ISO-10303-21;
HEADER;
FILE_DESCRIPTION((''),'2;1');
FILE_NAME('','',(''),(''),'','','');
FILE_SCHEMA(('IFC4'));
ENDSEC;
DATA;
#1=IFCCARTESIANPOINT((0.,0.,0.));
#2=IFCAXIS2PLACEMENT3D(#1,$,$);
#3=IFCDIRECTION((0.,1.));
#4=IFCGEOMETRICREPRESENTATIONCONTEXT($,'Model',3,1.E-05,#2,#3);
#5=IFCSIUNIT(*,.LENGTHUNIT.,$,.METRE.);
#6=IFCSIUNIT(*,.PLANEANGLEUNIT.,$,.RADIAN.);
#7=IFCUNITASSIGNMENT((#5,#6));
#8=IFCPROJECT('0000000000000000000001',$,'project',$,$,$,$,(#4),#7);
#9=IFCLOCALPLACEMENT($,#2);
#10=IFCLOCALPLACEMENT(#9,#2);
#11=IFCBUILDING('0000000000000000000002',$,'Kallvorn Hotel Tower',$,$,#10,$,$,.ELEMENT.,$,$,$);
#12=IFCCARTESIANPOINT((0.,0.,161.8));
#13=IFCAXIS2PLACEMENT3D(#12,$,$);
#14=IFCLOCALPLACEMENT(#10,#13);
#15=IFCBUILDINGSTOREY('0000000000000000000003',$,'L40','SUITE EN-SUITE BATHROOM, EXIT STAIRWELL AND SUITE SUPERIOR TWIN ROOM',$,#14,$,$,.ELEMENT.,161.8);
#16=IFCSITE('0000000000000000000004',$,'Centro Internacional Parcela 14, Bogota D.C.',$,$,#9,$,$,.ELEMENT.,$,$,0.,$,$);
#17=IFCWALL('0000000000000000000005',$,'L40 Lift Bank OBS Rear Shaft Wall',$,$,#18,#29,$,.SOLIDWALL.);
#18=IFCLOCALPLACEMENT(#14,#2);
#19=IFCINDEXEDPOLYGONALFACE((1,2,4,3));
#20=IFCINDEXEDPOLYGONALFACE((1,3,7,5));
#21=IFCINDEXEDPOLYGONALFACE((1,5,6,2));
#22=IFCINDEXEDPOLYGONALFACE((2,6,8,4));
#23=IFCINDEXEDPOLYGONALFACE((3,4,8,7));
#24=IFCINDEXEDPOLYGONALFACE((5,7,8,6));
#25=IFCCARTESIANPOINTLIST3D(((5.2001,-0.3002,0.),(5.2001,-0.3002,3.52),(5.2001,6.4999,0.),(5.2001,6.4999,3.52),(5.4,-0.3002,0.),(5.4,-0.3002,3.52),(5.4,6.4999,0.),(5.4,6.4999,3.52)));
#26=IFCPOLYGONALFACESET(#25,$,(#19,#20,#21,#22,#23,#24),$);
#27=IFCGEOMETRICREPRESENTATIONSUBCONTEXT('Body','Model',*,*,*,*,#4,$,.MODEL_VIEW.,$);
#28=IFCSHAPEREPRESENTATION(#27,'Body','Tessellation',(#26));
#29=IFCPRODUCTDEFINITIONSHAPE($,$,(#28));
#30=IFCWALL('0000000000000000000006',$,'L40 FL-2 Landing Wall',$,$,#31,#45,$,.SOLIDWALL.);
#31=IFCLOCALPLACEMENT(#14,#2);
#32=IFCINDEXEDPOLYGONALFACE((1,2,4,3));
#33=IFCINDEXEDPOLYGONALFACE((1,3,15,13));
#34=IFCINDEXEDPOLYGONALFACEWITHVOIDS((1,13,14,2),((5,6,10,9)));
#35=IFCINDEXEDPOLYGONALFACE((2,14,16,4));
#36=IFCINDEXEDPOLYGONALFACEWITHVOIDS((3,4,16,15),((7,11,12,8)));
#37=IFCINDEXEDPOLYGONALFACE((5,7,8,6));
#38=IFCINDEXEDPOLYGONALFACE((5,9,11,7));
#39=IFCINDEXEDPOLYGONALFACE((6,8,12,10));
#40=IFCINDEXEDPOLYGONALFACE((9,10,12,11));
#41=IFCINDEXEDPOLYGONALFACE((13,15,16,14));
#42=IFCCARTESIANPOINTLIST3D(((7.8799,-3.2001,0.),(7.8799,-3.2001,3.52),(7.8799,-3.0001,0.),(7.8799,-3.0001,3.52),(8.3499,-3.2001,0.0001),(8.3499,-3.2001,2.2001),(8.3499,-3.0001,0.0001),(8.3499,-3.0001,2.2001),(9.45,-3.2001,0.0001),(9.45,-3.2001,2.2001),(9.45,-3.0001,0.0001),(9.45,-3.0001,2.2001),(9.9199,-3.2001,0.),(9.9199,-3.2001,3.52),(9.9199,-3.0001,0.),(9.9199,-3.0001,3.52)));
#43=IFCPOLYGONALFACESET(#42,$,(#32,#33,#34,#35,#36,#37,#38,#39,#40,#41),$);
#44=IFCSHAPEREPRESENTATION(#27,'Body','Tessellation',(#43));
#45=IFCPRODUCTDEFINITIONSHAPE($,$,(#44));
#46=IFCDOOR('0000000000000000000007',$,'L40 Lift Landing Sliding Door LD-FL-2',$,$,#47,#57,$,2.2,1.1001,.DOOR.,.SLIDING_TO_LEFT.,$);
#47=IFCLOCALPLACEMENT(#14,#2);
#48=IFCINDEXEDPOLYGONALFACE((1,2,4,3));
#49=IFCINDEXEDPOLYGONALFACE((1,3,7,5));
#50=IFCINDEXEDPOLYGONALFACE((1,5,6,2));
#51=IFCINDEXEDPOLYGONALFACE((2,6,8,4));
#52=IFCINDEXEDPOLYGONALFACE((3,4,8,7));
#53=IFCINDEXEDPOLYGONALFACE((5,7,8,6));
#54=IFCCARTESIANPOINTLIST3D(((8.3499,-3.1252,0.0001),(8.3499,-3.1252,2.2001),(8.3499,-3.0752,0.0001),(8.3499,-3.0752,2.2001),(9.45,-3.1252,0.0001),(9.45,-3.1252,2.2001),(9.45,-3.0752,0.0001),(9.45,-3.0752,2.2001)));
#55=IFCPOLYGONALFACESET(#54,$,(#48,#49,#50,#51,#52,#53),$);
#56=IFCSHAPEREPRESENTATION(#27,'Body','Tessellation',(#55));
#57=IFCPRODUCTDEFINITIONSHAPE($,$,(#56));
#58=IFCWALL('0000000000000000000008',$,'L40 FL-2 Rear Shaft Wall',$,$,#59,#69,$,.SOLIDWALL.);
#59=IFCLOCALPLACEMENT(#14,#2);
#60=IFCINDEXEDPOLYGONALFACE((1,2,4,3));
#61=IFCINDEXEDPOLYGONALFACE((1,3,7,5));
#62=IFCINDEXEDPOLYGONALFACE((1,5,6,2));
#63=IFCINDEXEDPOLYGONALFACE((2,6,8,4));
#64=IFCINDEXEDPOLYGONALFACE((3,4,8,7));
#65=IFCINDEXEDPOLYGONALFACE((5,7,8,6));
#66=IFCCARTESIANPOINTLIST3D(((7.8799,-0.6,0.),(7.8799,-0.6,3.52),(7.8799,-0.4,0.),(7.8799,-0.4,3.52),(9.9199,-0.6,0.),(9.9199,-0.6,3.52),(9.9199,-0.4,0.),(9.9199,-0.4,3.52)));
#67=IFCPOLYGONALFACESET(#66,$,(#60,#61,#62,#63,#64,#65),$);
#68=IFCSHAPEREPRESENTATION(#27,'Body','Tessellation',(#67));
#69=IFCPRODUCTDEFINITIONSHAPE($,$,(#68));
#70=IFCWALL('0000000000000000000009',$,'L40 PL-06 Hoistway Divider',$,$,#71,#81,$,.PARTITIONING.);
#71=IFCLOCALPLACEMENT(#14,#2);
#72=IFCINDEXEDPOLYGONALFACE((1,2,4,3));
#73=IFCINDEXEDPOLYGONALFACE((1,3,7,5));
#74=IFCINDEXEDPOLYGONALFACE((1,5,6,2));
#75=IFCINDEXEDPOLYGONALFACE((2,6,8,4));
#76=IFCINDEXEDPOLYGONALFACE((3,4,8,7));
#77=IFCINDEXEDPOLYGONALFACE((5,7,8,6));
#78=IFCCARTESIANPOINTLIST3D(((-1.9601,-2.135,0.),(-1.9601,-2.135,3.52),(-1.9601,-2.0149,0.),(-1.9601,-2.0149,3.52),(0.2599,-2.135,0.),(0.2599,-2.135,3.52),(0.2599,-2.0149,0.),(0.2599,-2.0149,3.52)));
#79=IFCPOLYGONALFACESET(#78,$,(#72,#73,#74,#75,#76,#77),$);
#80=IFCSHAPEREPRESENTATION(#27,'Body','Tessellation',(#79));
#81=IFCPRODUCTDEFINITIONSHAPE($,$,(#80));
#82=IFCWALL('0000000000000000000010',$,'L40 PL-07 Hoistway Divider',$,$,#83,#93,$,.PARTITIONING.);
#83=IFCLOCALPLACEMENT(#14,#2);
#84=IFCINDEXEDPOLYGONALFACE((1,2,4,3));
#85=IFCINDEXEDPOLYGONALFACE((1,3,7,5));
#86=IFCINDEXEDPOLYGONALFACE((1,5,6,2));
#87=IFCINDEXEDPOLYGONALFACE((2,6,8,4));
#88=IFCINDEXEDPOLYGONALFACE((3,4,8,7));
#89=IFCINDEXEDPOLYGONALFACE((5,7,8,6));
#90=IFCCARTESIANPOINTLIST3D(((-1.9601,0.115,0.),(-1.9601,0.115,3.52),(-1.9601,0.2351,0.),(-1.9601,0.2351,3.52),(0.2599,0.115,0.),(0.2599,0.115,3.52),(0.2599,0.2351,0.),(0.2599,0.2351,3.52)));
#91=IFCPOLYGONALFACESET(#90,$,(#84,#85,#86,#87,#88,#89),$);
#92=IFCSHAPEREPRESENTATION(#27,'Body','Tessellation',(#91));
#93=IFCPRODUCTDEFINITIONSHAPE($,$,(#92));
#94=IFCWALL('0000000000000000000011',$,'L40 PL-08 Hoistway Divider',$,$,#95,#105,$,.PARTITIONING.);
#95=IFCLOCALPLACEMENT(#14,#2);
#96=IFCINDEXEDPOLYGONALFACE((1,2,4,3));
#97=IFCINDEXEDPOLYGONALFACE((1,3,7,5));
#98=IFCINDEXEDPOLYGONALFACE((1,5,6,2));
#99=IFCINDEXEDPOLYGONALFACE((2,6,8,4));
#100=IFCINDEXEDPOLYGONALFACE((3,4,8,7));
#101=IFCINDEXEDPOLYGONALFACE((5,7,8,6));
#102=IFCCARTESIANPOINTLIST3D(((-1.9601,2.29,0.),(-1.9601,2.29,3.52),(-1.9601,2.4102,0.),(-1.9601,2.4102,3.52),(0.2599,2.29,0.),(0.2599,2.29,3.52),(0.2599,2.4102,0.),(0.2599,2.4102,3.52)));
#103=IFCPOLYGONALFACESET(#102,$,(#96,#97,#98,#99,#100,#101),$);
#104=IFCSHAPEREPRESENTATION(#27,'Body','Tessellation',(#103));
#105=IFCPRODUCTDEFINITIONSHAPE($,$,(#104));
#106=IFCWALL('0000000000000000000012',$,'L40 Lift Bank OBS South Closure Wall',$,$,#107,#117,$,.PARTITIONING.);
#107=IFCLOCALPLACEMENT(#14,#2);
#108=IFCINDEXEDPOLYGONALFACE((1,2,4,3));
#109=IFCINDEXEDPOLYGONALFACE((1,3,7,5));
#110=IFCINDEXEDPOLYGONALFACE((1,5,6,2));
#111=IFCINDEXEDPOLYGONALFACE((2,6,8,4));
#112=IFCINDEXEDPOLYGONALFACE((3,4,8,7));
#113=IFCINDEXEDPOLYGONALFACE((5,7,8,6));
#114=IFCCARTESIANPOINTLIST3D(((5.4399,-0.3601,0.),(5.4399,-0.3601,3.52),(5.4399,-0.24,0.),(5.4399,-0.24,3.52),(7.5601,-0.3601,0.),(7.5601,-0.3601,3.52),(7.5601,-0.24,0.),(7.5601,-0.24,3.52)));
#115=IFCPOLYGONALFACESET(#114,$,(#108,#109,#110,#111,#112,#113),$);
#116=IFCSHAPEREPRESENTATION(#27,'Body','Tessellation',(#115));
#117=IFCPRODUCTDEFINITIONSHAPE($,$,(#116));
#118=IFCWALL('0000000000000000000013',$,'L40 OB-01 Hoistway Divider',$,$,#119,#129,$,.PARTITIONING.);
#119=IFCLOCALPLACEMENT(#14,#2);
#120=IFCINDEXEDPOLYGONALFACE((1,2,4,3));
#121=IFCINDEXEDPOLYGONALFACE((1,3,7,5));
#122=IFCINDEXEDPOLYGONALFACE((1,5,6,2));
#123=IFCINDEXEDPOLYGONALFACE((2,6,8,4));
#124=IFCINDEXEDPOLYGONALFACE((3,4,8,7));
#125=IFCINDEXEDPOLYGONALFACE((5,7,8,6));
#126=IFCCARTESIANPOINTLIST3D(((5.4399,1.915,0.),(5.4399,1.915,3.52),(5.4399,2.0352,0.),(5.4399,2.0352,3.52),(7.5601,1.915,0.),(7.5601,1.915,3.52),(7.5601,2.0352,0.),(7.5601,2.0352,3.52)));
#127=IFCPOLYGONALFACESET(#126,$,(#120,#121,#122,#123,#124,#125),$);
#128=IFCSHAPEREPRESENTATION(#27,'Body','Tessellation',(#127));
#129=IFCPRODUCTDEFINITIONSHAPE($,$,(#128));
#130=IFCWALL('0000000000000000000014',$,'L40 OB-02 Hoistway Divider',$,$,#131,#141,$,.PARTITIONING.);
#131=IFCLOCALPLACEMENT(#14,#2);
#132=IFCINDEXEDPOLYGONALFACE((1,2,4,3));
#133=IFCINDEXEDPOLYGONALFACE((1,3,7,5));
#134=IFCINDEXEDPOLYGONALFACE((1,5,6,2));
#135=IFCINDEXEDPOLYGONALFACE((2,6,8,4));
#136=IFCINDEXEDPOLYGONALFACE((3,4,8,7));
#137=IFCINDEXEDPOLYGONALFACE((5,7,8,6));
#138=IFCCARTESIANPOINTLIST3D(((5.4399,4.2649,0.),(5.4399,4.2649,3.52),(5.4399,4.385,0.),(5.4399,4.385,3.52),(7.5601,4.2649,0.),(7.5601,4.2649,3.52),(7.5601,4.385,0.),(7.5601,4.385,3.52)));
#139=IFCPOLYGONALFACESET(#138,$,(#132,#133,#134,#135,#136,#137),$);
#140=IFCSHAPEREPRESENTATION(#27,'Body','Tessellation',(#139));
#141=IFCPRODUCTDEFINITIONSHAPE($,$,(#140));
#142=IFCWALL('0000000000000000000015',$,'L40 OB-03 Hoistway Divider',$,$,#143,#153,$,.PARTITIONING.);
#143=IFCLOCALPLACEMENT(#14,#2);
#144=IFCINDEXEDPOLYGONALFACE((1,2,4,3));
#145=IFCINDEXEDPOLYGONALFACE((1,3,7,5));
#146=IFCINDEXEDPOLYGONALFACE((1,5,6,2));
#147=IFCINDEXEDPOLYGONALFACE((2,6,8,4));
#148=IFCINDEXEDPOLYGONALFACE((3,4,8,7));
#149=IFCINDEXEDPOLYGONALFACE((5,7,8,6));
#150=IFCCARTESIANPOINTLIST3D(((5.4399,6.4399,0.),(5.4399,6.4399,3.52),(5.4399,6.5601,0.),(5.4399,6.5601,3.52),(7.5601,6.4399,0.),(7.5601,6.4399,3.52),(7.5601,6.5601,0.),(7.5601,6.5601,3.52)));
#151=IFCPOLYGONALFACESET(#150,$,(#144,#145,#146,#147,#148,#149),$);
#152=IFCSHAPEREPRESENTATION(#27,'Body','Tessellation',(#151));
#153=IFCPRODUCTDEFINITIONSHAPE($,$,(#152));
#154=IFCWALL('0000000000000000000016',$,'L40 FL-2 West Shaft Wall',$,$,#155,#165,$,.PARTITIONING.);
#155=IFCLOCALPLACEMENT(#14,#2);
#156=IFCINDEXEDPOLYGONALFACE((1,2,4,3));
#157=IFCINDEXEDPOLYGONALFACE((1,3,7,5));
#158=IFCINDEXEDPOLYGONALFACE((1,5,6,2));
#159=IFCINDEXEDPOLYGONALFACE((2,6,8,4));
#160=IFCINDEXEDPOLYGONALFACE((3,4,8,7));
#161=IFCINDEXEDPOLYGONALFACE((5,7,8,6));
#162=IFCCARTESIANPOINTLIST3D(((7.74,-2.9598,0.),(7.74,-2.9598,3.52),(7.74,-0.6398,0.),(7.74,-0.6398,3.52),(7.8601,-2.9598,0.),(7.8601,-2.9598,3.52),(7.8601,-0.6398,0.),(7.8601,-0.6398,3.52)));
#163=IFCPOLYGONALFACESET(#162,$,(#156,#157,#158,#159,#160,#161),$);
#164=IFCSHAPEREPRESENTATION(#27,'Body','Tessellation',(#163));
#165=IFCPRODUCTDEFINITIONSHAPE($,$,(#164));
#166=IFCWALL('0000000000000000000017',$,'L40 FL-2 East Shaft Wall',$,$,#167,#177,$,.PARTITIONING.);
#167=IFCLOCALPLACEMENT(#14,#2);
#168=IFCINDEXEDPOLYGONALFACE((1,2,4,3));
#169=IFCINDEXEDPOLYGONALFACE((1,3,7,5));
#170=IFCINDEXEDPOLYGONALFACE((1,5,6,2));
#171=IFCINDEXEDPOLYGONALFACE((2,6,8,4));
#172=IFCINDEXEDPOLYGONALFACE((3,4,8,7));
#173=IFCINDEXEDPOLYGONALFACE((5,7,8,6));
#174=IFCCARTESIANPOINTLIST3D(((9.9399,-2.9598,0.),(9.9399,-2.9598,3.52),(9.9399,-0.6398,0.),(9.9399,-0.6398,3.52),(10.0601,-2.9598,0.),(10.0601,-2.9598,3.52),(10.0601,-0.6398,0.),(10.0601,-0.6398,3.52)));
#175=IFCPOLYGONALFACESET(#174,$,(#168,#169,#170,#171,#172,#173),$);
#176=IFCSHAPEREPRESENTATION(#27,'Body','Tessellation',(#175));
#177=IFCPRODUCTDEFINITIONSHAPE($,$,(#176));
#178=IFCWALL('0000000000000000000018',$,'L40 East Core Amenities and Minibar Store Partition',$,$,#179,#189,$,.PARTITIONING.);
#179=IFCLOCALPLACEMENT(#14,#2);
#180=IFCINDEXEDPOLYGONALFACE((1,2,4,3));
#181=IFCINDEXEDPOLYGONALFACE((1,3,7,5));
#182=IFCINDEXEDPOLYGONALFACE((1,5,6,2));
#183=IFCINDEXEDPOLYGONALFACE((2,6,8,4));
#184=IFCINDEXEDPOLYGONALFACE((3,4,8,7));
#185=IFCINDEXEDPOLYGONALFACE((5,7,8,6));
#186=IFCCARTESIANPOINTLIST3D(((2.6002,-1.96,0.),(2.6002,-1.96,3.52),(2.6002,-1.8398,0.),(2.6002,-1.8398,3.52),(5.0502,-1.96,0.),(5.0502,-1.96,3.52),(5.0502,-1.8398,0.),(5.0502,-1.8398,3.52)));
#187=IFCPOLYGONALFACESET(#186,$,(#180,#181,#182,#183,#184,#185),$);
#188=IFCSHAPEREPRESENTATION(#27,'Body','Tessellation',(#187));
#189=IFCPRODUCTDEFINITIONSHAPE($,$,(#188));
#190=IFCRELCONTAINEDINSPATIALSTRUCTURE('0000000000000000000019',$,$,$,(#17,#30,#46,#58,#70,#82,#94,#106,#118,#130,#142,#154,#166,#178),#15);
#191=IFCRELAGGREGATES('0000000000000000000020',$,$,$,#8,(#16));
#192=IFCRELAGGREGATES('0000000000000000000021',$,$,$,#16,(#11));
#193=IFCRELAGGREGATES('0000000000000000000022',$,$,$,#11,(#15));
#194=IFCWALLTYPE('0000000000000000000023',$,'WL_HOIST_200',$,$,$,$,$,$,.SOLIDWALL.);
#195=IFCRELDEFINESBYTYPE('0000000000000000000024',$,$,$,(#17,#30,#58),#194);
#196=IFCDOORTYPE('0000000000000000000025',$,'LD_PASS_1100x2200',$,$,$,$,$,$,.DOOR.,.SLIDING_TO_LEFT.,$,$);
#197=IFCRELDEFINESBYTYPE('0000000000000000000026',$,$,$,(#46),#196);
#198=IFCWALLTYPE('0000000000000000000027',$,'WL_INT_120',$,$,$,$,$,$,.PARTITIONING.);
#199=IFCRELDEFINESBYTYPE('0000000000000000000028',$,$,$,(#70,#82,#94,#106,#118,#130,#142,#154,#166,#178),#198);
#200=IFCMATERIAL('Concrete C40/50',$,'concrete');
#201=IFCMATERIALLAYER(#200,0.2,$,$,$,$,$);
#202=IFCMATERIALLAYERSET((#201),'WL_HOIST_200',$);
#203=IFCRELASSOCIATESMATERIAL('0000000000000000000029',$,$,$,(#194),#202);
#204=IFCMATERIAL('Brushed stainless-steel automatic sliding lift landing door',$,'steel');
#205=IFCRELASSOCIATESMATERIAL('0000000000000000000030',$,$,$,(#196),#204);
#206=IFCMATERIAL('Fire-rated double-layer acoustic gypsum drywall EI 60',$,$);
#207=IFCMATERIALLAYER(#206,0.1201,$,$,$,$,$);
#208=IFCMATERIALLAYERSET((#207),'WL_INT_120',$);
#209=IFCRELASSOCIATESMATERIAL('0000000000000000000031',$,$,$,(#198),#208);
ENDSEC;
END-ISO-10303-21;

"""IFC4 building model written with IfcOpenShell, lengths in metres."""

from ifc_helpers import new_model, si_unit, direction, frame, frame_2d, origin, place, context, subcontext, project, spatial, rectangle, extrude, material, layer, layer_set, type_object, element, fill, save


model = new_model("IFC4")

# Units and contexts
model_context = context("Model", 3, precision=1e-05, world=origin(), true_north=direction((0.0, 1.0)))
body_context = subcontext(model_context, "Body", "Model", "MODEL_VIEW")
ifc_project = project(units=[si_unit("LENGTHUNIT", "METRE"), si_unit("PLANEANGLEUNIT", "RADIAN")], contexts=[model_context])

# Site, building, storey
site_placement = place(None, origin())
site = spatial("IfcSite", under=ifc_project, at=site_placement, Name="Centro Internacional Parcela 14, Bogota D.C.", CompositionType="ELEMENT", RefElevation=0.0)
building_placement = place(site_placement, origin())
building = spatial("IfcBuilding", under=site, at=building_placement, Name="Kallvorn Hotel Tower", CompositionType="ELEMENT")
storey_placement = place(building_placement, frame((0.0, 0.0, 161.8)))
storey = spatial("IfcBuildingStorey", under=building, at=storey_placement, Name="L40", Description="SUITE EN-SUITE BATHROOM, EXIT STAIRWELL AND SUITE SUPERIOR TWIN ROOM", CompositionType="ELEMENT", Elevation=161.8)

# Wall
ifc_material_1 = material(Name="Concrete C40/50", Category="concrete")
ifc_layer_1 = layer(ifc_material_1, 0.2)
ifc_layer_set_1 = layer_set([ifc_layer_1], Name="WL_HOIST_200")
wall_type_1 = type_object("IfcWallType", Name="WL_HOIST_200", PredefinedType="SOLIDWALL", material=ifc_layer_set_1)
for number, where, z_axis, x_axis, name in (
    (1, (5.3, -0.3, 0.0), (0.0, 0.0, 1.0), (0.0, 1.0, 0.0), "L40 Lift Bank OBS Rear Shaft Wall"),
):
    element("IfcWall", number, at=place(storey_placement, frame(where, z_axis=z_axis, x_axis=x_axis)), inside=storey, type_object=wall_type_1, Name=name, PredefinedType="SOLIDWALL", context=body_context, shape_type="SweptSolid", body=[
        extrude(rectangle(XDim=6.8, YDim=0.2, at=frame_2d((3.3999, 0.0))), origin(), (0.0, 0.0, 1.0), 3.52),
    ])

# Wall, opening, door
wall_1_placement = place(storey_placement, frame((7.8799, -3.1001, 0.0), z_axis=(0.0, 0.0, 1.0), x_axis=(1.0, 0.0, 0.0)))
wall_1 = element("IfcWall", 2, at=wall_1_placement, inside=storey, type_object=wall_type_1, Name="L40 FL-2 Landing Wall", PredefinedType="SOLIDWALL", context=body_context, shape_type="SweptSolid", body=[
    extrude(rectangle(XDim=2.04, YDim=0.2, at=frame_2d((1.02, 0.0))), origin(), (0.0, 0.0, 1.0), 3.52),
])
opening_placement = place(wall_1_placement, frame((0.47, 0.0, 0.0)))
opening = element("IfcOpeningElement", 3, at=opening_placement, cuts=wall_1, PredefinedType="OPENING", context=body_context, shape_type="SweptSolid", body=[
    extrude(rectangle(XDim=1.1001, YDim=2.2, at=frame_2d((0.55, 1.1001))), frame((0.0, 0.115, 0.0), z_axis=(0.0, -1.0, 0.0), x_axis=(1.0, 0.0, 0.0)), (0.0, 0.0, 1.0), 0.23),
])
ifc_material_2 = material(Name="Brushed stainless-steel automatic sliding lift landing door", Category="steel")
door_type = type_object("IfcDoorType", Name="LD_PASS_1100x2200", OperationType="SLIDING_TO_LEFT", PredefinedType="DOOR", material=ifc_material_2)
door_placement = place(opening_placement, origin())
door = element("IfcDoor", 4, at=door_placement, inside=storey, type_object=door_type, Name="L40 Lift Landing Sliding Door LD-FL-2", OperationType="SLIDING_TO_LEFT", OverallHeight=2.2, OverallWidth=1.1001, PredefinedType="DOOR", context=body_context, shape_type="SweptSolid", body=[
    extrude(rectangle(XDim=1.1001, YDim=2.2, at=frame_2d((0.55, 1.1001))), frame((0.0, 0.0249, 0.0), z_axis=(0.0, -1.0, 0.0), x_axis=(1.0, 0.0, 0.0)), (0.0, 0.0, 1.0), 0.05),
])
fill(opening, door)

# Walls
wall_2_placement = place(storey_placement, frame((7.8799, -0.5, 0.0), z_axis=(0.0, 0.0, 1.0), x_axis=(1.0, 0.0, 0.0)))
element("IfcWall", 5, at=wall_2_placement, inside=storey, type_object=wall_type_1, Name="L40 FL-2 Rear Shaft Wall", PredefinedType="SOLIDWALL", context=body_context, shape_type="SweptSolid", body=[
    extrude(rectangle(XDim=2.04, YDim=0.2, at=frame_2d((1.02, 0.0))), origin(), (0.0, 0.0, 1.0), 3.52),
])
ifc_material_3 = material(Name="Fire-rated double-layer acoustic gypsum drywall EI 60")
ifc_layer_2 = layer(ifc_material_3, 0.1201)
ifc_layer_set_2 = layer_set([ifc_layer_2], Name="WL_INT_120")
wall_type_2 = type_object("IfcWallType", Name="WL_INT_120", PredefinedType="PARTITIONING", material=ifc_layer_set_2)
for number, where, z_axis, x_axis, name in (
    (6, (-1.96, -2.075, 0.0), (0.0, 0.0, 1.0), (1.0, 0.0, 0.0), "L40 PL-06 Hoistway Divider"),
    (7, (-1.96, 0.175, 0.0), (0.0, 0.0, 1.0), (1.0, 0.0, 0.0), "L40 PL-07 Hoistway Divider"),
    (8, (-1.96, 2.3501, 0.0), (0.0, 0.0, 1.0), (1.0, 0.0, 0.0), "L40 PL-08 Hoistway Divider"),
):
    element("IfcWall", number, at=place(storey_placement, frame(where, z_axis=z_axis, x_axis=x_axis)), inside=storey, type_object=wall_type_2, Name=name, PredefinedType="PARTITIONING", context=body_context, shape_type="SweptSolid", body=[
        extrude(rectangle(XDim=2.22, YDim=0.1201, at=frame_2d((1.1099, 0.0))), origin(), (0.0, 0.0, 1.0), 3.52),
    ])
for number, where, z_axis, x_axis, name in (
    (9, (5.4399, -0.3, 0.0), (0.0, 0.0, 1.0), (1.0, 0.0, 0.0), "L40 Lift Bank OBS South Closure Wall"),
    (10, (5.4399, 1.9751, 0.0), (0.0, 0.0, 1.0), (1.0, 0.0, 0.0), "L40 OB-01 Hoistway Divider"),
    (11, (5.4399, 4.325, 0.0), (0.0, 0.0, 1.0), (1.0, 0.0, 0.0), "L40 OB-02 Hoistway Divider"),
    (12, (5.4399, 6.5, 0.0), (0.0, 0.0, 1.0), (1.0, 0.0, 0.0), "L40 OB-03 Hoistway Divider"),
):
    element("IfcWall", number, at=place(storey_placement, frame(where, z_axis=z_axis, x_axis=x_axis)), inside=storey, type_object=wall_type_2, Name=name, PredefinedType="PARTITIONING", context=body_context, shape_type="SweptSolid", body=[
        extrude(rectangle(XDim=2.1201, YDim=0.1201, at=frame_2d((1.0601, 0.0))), origin(), (0.0, 0.0, 1.0), 3.52),
    ])
for number, where, z_axis, x_axis, name in (
    (13, (7.8, -2.96, 0.0), (0.0, 0.0, 1.0), (0.0, 1.0, 0.0), "L40 FL-2 West Shaft Wall"),
    (14, (10.0, -2.96, 0.0), (0.0, 0.0, 1.0), (0.0, 1.0, 0.0), "L40 FL-2 East Shaft Wall"),
):
    element("IfcWall", number, at=place(storey_placement, frame(where, z_axis=z_axis, x_axis=x_axis)), inside=storey, type_object=wall_type_2, Name=name, PredefinedType="PARTITIONING", context=body_context, shape_type="SweptSolid", body=[
        extrude(rectangle(XDim=2.3201, YDim=0.1201, at=frame_2d((1.1602, 0.0))), origin(), (0.0, 0.0, 1.0), 3.52),
    ])
wall_3_placement = place(storey_placement, frame((2.6001, -1.8999, 0.0), z_axis=(0.0, 0.0, 1.0), x_axis=(1.0, 0.0, 0.0)))
element("IfcWall", 15, at=wall_3_placement, inside=storey, type_object=wall_type_2, Name="L40 East Core Amenities and Minibar Store Partition", PredefinedType="PARTITIONING", context=body_context, shape_type="SweptSolid", body=[
    extrude(rectangle(XDim=2.45, YDim=0.1201, at=frame_2d((1.2251, 0.0))), origin(), (0.0, 0.0, 1.0), 3.52),
])

save(model, "model.ifc")
